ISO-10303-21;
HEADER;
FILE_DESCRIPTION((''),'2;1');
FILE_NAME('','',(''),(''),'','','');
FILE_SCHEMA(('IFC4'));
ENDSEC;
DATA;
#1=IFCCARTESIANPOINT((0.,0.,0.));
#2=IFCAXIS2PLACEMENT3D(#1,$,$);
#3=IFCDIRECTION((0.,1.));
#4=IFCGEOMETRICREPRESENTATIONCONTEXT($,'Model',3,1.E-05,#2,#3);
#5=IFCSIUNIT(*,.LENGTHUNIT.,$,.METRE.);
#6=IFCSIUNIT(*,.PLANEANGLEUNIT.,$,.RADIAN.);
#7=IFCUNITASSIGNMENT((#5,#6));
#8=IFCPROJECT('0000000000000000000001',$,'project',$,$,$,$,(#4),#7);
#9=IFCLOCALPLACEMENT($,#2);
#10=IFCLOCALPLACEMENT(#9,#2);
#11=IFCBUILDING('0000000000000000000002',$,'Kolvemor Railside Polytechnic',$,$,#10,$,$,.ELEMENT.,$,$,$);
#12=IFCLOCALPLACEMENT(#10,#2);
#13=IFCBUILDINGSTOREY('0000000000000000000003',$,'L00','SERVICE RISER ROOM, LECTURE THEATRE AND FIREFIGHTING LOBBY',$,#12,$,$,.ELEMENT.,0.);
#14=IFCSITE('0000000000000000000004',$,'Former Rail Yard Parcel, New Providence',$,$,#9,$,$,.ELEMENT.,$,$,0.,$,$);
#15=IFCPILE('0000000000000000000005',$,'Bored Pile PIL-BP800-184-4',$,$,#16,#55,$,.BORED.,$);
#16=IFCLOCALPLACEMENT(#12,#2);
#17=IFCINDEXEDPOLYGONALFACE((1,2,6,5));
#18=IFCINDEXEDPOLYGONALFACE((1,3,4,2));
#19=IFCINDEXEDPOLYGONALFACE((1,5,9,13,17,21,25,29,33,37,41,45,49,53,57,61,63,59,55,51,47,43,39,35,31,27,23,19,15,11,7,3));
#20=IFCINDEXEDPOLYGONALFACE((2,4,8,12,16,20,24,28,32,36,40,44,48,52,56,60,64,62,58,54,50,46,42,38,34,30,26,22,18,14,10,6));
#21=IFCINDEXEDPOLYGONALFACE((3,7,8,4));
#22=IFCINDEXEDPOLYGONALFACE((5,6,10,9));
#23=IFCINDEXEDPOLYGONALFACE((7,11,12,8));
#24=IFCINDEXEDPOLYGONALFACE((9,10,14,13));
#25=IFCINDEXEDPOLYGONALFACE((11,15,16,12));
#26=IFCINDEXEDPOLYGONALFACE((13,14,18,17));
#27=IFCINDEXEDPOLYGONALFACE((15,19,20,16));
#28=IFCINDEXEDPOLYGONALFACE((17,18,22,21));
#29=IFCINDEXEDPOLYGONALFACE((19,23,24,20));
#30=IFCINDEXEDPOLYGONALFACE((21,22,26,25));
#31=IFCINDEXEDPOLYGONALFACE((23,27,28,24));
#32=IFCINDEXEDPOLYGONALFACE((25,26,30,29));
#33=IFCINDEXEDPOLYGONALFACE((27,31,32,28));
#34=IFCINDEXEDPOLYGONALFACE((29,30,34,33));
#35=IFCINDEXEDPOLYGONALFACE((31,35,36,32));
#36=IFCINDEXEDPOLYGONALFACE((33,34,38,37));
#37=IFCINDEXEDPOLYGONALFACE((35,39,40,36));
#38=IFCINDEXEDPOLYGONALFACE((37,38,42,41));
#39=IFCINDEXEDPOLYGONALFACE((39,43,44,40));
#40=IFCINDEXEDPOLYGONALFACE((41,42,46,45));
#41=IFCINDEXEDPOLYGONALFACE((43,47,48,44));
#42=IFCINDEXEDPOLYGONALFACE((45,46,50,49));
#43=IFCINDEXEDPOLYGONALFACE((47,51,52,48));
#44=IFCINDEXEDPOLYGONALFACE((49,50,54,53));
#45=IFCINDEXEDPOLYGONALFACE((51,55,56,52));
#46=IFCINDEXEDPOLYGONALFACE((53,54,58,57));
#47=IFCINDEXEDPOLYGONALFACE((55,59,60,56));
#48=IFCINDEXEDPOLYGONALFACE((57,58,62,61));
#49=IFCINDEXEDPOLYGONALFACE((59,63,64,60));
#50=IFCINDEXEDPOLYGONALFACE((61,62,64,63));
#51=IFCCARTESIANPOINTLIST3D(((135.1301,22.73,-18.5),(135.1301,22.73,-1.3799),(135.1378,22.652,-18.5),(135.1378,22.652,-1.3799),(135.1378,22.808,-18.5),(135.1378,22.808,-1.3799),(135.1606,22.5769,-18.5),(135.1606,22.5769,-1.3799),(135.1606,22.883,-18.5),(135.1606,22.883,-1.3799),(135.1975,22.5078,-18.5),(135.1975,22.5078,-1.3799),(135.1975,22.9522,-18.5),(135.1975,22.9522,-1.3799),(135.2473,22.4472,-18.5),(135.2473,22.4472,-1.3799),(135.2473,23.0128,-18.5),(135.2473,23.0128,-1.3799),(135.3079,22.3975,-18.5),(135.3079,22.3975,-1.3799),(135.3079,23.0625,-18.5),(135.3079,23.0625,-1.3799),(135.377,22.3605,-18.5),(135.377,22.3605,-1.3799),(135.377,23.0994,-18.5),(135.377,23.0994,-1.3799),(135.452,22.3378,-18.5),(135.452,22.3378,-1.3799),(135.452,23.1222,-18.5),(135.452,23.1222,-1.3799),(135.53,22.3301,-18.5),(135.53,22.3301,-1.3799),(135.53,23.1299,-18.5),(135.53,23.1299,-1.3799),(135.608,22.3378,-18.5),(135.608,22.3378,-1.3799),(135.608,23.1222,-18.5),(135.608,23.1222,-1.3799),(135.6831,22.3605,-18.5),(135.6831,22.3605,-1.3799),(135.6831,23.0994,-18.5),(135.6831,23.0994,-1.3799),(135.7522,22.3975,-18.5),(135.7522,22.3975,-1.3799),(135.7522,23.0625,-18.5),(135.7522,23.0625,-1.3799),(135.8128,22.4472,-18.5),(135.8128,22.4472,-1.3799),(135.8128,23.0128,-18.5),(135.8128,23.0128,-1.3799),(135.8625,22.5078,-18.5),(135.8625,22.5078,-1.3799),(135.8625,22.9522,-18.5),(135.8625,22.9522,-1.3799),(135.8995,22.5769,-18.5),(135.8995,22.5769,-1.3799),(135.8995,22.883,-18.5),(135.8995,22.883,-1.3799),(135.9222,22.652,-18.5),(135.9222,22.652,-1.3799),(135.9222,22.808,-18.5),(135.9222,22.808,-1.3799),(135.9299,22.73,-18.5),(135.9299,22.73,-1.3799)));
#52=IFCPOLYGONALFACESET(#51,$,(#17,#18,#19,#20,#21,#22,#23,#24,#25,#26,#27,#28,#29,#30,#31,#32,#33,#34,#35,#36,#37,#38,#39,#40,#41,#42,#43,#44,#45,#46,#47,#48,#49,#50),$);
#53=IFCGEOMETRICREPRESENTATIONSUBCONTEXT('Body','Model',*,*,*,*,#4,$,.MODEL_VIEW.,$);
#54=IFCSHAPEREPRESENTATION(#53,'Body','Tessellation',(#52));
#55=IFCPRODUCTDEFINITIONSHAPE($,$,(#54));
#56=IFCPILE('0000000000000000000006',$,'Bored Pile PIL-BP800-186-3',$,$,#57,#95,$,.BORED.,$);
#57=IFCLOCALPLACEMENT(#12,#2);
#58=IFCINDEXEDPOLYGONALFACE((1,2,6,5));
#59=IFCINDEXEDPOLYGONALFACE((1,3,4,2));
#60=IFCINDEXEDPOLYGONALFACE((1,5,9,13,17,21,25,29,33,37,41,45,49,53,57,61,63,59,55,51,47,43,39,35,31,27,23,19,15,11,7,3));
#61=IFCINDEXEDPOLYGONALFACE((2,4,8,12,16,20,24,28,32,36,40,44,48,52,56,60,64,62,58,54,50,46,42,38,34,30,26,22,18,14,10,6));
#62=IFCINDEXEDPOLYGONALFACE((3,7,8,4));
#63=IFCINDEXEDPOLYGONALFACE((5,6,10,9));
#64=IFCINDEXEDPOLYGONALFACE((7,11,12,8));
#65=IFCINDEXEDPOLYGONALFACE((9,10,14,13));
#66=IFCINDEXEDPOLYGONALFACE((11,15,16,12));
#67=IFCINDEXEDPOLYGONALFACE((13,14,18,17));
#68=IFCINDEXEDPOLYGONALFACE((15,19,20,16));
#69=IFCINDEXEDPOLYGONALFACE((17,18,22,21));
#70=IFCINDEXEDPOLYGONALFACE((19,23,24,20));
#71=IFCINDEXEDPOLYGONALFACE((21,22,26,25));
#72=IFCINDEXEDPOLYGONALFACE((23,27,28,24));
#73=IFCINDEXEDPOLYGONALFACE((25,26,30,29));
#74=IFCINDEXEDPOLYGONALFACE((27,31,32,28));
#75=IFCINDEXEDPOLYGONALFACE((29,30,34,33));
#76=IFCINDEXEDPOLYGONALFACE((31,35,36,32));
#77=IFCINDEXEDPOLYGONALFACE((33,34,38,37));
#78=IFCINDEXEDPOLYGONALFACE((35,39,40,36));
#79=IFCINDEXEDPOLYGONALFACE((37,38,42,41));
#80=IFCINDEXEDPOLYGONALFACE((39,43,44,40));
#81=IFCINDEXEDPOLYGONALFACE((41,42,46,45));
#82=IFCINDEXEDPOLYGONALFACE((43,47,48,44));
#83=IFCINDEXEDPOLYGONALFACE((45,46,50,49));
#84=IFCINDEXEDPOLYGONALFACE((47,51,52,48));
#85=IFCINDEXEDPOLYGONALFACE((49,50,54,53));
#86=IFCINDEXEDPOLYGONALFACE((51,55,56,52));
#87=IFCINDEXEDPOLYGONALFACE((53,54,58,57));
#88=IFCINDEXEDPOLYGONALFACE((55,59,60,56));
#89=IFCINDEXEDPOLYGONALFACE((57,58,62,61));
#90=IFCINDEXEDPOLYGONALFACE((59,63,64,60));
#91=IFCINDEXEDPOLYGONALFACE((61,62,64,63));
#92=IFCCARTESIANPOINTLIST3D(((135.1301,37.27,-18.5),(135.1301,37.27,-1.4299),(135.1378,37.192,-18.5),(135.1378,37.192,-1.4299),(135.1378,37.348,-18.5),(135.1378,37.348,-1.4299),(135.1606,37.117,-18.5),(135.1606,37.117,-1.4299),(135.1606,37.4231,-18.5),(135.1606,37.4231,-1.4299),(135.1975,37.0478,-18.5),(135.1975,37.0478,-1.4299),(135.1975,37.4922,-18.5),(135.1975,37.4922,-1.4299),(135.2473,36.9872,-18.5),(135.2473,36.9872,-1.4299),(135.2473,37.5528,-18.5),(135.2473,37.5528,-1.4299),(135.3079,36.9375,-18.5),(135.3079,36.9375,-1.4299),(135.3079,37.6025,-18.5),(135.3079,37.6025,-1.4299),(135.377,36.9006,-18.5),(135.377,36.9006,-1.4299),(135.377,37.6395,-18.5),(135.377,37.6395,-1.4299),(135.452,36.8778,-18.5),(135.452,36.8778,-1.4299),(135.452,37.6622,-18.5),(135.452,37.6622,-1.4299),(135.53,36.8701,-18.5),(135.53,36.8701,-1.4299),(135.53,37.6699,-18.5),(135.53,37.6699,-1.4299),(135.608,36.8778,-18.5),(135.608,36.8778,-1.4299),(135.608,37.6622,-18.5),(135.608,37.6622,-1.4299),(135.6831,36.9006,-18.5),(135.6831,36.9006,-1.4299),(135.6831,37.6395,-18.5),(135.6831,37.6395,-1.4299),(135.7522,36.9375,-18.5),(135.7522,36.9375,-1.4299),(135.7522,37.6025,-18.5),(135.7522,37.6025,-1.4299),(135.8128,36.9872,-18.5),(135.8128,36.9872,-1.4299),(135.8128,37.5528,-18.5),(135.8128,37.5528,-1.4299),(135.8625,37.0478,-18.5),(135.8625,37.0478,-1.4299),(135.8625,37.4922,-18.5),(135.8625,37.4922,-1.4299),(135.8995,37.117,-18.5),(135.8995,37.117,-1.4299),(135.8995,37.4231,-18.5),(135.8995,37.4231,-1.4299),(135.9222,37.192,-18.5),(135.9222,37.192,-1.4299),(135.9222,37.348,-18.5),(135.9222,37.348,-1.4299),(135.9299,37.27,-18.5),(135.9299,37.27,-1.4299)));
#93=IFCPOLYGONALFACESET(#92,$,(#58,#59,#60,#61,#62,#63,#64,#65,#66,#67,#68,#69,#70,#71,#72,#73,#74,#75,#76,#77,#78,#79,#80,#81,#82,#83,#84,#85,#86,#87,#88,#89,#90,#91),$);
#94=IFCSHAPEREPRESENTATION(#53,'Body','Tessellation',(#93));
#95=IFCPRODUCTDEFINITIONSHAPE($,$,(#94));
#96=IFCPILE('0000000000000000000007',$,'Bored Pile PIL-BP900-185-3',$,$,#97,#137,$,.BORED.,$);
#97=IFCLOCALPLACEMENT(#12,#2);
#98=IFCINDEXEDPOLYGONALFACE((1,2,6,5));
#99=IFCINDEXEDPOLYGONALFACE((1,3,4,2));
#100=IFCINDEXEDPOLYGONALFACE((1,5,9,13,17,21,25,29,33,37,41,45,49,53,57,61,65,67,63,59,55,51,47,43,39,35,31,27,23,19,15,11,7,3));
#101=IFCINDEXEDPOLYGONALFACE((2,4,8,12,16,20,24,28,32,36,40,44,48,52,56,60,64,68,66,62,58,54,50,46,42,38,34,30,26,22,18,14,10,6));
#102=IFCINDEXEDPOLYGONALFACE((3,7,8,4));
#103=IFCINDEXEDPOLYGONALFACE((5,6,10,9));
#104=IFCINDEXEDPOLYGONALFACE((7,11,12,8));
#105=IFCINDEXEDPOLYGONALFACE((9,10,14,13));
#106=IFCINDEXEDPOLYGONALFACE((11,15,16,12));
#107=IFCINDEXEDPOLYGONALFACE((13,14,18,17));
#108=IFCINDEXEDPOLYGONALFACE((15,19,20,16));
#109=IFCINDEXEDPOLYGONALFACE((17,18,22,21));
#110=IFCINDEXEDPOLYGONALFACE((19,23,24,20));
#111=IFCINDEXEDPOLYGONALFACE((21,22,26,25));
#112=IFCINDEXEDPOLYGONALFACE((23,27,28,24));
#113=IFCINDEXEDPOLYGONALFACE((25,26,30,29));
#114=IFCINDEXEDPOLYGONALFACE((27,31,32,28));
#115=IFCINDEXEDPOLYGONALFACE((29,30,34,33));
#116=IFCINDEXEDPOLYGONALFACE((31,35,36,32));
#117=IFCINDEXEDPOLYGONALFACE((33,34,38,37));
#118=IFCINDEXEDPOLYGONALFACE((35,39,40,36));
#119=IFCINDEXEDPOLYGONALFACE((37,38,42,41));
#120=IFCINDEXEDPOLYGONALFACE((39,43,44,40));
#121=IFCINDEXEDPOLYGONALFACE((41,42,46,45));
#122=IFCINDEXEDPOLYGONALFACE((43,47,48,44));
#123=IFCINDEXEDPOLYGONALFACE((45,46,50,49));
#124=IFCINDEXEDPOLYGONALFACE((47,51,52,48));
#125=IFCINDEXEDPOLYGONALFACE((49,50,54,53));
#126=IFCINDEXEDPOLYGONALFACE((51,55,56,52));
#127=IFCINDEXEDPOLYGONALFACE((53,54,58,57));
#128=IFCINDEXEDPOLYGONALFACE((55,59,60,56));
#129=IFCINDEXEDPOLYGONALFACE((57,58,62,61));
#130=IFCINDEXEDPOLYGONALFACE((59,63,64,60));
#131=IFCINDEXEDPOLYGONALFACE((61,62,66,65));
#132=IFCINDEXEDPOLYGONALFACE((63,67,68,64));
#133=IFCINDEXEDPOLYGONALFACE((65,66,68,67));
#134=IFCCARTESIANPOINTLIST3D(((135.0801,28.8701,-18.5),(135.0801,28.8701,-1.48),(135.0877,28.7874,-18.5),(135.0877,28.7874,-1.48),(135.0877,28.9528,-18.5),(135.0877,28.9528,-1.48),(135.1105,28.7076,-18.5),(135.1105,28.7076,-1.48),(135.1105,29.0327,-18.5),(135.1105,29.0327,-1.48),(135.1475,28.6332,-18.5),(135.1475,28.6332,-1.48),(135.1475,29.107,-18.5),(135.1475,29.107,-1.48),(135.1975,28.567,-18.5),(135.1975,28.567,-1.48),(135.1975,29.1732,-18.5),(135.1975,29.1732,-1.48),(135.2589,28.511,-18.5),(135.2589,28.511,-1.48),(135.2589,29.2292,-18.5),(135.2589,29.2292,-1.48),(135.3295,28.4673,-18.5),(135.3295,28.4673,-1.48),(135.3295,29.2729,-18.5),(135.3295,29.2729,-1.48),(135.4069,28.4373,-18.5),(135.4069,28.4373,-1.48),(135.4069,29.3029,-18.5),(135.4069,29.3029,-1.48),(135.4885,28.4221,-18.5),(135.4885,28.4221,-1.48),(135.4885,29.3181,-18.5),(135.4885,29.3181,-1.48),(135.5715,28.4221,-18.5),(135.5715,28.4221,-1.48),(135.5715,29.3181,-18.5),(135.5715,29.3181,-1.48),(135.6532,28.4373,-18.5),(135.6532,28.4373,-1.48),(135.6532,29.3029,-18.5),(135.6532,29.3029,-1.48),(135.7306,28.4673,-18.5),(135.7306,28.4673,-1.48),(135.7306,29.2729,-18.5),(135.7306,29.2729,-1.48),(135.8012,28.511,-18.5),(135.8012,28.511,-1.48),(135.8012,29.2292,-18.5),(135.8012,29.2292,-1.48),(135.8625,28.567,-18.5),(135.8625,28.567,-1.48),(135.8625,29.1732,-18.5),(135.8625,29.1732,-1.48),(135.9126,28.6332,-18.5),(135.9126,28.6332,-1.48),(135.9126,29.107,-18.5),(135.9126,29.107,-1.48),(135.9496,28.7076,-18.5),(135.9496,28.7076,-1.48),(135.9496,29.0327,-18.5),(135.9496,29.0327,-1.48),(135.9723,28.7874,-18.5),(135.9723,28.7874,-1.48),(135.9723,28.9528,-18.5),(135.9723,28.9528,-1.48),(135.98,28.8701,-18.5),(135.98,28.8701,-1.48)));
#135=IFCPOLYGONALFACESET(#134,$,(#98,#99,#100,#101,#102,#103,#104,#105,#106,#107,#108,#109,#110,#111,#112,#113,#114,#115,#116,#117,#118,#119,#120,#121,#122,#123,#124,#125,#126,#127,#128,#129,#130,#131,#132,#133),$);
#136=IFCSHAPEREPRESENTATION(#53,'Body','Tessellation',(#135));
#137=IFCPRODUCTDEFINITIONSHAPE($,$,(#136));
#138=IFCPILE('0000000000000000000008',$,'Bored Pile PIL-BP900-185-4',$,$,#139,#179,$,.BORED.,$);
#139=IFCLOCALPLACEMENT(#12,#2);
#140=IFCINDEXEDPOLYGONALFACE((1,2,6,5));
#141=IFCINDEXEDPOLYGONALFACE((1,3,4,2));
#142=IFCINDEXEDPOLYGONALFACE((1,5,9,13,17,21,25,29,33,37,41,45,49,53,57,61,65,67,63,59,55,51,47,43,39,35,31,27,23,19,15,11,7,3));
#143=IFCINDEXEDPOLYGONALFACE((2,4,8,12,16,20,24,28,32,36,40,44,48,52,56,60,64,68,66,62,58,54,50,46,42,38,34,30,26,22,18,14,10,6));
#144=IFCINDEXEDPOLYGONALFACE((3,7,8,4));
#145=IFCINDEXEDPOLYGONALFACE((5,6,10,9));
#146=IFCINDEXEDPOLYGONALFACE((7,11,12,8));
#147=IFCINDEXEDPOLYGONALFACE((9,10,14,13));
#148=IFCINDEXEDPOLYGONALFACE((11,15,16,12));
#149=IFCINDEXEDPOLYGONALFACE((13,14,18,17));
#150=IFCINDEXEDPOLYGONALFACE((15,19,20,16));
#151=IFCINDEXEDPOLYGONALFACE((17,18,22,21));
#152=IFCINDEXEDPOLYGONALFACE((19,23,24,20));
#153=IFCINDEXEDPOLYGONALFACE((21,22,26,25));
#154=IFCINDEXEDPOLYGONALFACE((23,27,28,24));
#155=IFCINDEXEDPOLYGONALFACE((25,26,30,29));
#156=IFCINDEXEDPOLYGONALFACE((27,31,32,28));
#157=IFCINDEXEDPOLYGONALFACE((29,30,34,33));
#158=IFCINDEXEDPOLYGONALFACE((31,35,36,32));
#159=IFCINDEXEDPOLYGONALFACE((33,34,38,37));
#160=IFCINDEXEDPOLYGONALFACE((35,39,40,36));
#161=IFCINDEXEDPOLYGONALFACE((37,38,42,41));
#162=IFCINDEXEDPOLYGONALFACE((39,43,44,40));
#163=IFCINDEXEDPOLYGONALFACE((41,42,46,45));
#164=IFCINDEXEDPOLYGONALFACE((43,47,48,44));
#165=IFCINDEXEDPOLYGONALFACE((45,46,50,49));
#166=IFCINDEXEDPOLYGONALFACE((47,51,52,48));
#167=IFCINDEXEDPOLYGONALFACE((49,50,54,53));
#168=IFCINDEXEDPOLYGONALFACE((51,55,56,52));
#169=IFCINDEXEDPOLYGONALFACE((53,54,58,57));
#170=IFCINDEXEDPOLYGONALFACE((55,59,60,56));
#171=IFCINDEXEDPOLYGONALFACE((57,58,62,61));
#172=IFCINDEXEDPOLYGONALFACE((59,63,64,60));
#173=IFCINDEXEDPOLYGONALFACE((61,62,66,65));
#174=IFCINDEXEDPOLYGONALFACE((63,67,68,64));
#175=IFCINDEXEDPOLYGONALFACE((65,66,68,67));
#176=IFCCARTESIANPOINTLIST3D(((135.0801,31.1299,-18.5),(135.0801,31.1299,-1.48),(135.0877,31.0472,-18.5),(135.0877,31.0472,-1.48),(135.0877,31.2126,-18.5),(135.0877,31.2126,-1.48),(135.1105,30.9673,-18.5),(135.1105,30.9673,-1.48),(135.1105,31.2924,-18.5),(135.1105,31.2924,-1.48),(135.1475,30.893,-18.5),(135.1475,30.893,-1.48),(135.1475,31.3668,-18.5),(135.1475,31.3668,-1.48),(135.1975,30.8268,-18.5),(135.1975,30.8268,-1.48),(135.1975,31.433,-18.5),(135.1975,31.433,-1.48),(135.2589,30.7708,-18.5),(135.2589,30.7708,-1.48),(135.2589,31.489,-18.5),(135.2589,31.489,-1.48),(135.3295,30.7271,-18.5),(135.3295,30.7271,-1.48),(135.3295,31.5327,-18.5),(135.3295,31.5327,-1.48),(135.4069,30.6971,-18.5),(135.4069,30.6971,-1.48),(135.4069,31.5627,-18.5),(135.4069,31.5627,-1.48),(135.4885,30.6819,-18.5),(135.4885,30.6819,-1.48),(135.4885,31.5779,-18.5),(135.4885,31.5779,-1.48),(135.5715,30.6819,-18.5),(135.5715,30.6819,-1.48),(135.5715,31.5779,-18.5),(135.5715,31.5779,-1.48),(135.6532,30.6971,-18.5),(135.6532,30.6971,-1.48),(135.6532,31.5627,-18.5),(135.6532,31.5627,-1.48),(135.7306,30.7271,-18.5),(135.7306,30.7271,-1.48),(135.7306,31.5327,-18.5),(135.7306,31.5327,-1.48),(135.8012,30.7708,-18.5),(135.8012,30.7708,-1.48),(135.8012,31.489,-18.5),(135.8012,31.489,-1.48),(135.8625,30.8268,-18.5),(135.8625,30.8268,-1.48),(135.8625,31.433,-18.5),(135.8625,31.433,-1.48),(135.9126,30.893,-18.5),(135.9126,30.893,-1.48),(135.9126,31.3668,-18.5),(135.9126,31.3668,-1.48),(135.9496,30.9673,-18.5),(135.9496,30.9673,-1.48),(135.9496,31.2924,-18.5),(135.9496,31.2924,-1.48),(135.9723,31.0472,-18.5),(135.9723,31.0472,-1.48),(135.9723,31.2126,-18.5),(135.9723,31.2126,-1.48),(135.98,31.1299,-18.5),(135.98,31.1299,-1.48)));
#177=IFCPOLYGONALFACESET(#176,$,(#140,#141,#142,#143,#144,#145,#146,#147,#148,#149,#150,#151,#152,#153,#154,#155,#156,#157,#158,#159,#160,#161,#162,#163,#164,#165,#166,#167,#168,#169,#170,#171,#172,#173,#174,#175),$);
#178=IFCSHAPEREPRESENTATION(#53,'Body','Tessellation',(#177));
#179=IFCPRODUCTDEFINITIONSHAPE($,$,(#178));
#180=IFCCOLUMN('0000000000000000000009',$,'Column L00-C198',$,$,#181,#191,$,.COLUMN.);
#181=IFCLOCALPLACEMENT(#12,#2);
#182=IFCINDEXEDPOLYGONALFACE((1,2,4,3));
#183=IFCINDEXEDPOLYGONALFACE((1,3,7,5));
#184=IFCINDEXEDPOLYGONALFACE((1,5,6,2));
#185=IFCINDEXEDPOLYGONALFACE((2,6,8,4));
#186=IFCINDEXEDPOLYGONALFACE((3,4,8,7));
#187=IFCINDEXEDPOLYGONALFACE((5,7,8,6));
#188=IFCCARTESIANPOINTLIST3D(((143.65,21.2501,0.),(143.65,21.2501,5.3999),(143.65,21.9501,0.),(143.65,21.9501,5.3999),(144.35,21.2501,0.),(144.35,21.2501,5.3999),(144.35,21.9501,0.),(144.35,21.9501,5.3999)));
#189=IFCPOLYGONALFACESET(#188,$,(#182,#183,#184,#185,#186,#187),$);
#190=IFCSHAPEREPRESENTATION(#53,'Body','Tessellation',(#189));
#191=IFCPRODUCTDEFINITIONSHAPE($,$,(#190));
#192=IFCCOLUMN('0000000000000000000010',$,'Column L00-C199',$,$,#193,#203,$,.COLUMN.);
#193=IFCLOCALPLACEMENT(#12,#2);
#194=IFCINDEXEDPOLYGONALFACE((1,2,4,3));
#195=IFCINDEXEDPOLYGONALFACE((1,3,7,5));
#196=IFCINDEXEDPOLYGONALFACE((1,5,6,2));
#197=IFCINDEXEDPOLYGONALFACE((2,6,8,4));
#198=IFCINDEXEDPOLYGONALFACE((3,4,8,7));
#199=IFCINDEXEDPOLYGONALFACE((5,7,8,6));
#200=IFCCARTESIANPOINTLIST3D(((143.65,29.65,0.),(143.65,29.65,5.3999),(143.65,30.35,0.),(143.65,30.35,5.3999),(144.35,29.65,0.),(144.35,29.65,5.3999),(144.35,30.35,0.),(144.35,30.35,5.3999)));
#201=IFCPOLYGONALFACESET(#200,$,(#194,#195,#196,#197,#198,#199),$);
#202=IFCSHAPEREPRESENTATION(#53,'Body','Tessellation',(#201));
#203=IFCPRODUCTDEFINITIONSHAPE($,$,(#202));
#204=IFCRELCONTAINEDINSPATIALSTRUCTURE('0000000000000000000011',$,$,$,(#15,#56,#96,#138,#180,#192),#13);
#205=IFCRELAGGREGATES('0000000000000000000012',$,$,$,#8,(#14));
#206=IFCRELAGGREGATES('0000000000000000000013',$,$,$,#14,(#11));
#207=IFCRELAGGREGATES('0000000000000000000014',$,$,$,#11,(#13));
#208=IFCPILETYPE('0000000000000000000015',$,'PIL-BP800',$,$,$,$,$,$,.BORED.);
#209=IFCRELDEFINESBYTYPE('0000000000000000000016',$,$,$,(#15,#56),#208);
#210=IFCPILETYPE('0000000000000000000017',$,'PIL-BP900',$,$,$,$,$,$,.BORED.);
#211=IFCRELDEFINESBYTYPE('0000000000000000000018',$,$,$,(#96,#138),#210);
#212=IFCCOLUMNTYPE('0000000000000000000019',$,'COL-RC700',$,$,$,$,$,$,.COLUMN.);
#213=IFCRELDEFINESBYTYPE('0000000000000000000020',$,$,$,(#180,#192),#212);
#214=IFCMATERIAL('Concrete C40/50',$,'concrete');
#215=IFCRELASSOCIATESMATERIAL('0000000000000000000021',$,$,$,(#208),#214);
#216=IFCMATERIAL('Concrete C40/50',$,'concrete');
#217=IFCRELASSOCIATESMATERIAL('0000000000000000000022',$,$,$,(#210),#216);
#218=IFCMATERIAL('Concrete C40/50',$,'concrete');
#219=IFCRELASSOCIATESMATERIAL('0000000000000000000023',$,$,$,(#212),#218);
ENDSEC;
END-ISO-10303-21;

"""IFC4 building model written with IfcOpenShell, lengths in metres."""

from ifc_helpers import new_model, si_unit, direction, frame, origin, origin_2d, place, context, subcontext, project, spatial, rectangle, circle, extrude, material, material_profile, profile_set, type_object, element, save


model = new_model("IFC4")

# Units and contexts
model_context = context("Model", 3, precision=1e-05, world=origin(), true_north=direction((0.0, 1.0)))
body_context = subcontext(model_context, "Body", "Model", "MODEL_VIEW")
ifc_project = project(units=[si_unit("LENGTHUNIT", "METRE"), si_unit("PLANEANGLEUNIT", "RADIAN")], contexts=[model_context])

# Site, building, storey
site_placement = place(None, origin())
site = spatial("IfcSite", under=ifc_project, at=site_placement, Name="Former Rail Yard Parcel, New Providence", CompositionType="ELEMENT", RefElevation=0.0)
building_placement = place(site_placement, origin())
building = spatial("IfcBuilding", under=site, at=building_placement, Name="Kolvemor Railside Polytechnic", CompositionType="ELEMENT")
storey_placement = place(building_placement, origin())
storey = spatial("IfcBuildingStorey", under=building, at=storey_placement, Name="L00", Description="SERVICE RISER ROOM, LECTURE THEATRE AND FIREFIGHTING LOBBY", CompositionType="ELEMENT", Elevation=0.0)

# Piles
ifc_material_1 = material(Name="Concrete C40/50", Category="concrete")
ifc_material_profile_1 = material_profile(ifc_material_1, circle(Radius=0.3999, at=origin_2d()), Name="BP800")
ifc_profile_set_1 = profile_set([ifc_material_profile_1], Name="Concrete C40/50")
pile_type_1 = type_object("IfcPileType", Name="PIL-BP800", PredefinedType="BORED", material=ifc_profile_set_1)
pile_1_placement = place(storey_placement, frame((135.53, 22.73, -1.3799), z_axis=(0.0, 0.0, -1.0), x_axis=(1.0, 0.0, 0.0)))
element("IfcPile", 1, at=pile_1_placement, inside=storey, type_object=pile_type_1, Name="Bored Pile PIL-BP800-184-4", PredefinedType="BORED", context=body_context, shape_type="SweptSolid", body=[
    extrude(circle(Radius=0.3999, at=origin_2d()), origin(), (0.0, 0.0, 1.0), 17.1201),
])
pile_2_placement = place(storey_placement, frame((135.53, 37.27, -1.4299), z_axis=(0.0, 0.0, -1.0), x_axis=(1.0, 0.0, 0.0)))
element("IfcPile", 2, at=pile_2_placement, inside=storey, type_object=pile_type_1, Name="Bored Pile PIL-BP800-186-3", PredefinedType="BORED", context=body_context, shape_type="SweptSolid", body=[
    extrude(circle(Radius=0.3999, at=origin_2d()), origin(), (0.0, 0.0, 1.0), 17.0701),
])
ifc_material_2 = material(Name="Concrete C40/50", Category="concrete")
ifc_material_profile_2 = material_profile(ifc_material_2, circle(Radius=0.45, at=origin_2d()), Name="BP900")
ifc_profile_set_2 = profile_set([ifc_material_profile_2], Name="Concrete C40/50")
pile_type_2 = type_object("IfcPileType", Name="PIL-BP900", PredefinedType="BORED", material=ifc_profile_set_2)
for number, where, z_axis, x_axis, name in (
    (3, (135.53, 28.8701, -1.48), (0.0, 0.0, -1.0), (1.0, 0.0, 0.0), "Bored Pile PIL-BP900-185-3"),
    (4, (135.53, 31.1299, -1.48), (0.0, 0.0, -1.0), (1.0, 0.0, 0.0), "Bored Pile PIL-BP900-185-4"),
):
    element("IfcPile", number, at=place(storey_placement, frame(where, z_axis=z_axis, x_axis=x_axis)), inside=storey, type_object=pile_type_2, Name=name, PredefinedType="BORED", context=body_context, shape_type="SweptSolid", body=[
        extrude(circle(Radius=0.45, at=origin_2d()), origin(), (0.0, 0.0, 1.0), 17.02),
    ])

# Columns
ifc_material_3 = material(Name="Concrete C40/50", Category="concrete")
ifc_material_profile_3 = material_profile(ifc_material_3, rectangle(XDim=0.7, YDim=0.7, at=origin_2d()), Name="RC700x700")
ifc_profile_set_3 = profile_set([ifc_material_profile_3], Name="Concrete C40/50")
column_type_1 = type_object("IfcColumnType", Name="COL-RC700", PredefinedType="COLUMN", material=ifc_profile_set_3)
for number, where, z_axis, x_axis, name in (
    (5, (144.0, 21.6001, 0.0), (0.0, 0.0, 1.0), (1.0, 0.0, 0.0), "Column L00-C198"),
    (6, (144.0, 30.0, 0.0), (0.0, 0.0, 1.0), (1.0, 0.0, 0.0), "Column L00-C199"),
):
    element("IfcColumn", number, at=place(storey_placement, frame(where, z_axis=z_axis, x_axis=x_axis)), inside=storey, type_object=column_type_1, Name=name, PredefinedType="COLUMN", context=body_context, shape_type="SweptSolid", body=[
        extrude(rectangle(XDim=0.7, YDim=0.7, at=origin_2d()), origin(), (0.0, 0.0, 1.0), 5.3999),
    ])

save(model, "model.ifc")
